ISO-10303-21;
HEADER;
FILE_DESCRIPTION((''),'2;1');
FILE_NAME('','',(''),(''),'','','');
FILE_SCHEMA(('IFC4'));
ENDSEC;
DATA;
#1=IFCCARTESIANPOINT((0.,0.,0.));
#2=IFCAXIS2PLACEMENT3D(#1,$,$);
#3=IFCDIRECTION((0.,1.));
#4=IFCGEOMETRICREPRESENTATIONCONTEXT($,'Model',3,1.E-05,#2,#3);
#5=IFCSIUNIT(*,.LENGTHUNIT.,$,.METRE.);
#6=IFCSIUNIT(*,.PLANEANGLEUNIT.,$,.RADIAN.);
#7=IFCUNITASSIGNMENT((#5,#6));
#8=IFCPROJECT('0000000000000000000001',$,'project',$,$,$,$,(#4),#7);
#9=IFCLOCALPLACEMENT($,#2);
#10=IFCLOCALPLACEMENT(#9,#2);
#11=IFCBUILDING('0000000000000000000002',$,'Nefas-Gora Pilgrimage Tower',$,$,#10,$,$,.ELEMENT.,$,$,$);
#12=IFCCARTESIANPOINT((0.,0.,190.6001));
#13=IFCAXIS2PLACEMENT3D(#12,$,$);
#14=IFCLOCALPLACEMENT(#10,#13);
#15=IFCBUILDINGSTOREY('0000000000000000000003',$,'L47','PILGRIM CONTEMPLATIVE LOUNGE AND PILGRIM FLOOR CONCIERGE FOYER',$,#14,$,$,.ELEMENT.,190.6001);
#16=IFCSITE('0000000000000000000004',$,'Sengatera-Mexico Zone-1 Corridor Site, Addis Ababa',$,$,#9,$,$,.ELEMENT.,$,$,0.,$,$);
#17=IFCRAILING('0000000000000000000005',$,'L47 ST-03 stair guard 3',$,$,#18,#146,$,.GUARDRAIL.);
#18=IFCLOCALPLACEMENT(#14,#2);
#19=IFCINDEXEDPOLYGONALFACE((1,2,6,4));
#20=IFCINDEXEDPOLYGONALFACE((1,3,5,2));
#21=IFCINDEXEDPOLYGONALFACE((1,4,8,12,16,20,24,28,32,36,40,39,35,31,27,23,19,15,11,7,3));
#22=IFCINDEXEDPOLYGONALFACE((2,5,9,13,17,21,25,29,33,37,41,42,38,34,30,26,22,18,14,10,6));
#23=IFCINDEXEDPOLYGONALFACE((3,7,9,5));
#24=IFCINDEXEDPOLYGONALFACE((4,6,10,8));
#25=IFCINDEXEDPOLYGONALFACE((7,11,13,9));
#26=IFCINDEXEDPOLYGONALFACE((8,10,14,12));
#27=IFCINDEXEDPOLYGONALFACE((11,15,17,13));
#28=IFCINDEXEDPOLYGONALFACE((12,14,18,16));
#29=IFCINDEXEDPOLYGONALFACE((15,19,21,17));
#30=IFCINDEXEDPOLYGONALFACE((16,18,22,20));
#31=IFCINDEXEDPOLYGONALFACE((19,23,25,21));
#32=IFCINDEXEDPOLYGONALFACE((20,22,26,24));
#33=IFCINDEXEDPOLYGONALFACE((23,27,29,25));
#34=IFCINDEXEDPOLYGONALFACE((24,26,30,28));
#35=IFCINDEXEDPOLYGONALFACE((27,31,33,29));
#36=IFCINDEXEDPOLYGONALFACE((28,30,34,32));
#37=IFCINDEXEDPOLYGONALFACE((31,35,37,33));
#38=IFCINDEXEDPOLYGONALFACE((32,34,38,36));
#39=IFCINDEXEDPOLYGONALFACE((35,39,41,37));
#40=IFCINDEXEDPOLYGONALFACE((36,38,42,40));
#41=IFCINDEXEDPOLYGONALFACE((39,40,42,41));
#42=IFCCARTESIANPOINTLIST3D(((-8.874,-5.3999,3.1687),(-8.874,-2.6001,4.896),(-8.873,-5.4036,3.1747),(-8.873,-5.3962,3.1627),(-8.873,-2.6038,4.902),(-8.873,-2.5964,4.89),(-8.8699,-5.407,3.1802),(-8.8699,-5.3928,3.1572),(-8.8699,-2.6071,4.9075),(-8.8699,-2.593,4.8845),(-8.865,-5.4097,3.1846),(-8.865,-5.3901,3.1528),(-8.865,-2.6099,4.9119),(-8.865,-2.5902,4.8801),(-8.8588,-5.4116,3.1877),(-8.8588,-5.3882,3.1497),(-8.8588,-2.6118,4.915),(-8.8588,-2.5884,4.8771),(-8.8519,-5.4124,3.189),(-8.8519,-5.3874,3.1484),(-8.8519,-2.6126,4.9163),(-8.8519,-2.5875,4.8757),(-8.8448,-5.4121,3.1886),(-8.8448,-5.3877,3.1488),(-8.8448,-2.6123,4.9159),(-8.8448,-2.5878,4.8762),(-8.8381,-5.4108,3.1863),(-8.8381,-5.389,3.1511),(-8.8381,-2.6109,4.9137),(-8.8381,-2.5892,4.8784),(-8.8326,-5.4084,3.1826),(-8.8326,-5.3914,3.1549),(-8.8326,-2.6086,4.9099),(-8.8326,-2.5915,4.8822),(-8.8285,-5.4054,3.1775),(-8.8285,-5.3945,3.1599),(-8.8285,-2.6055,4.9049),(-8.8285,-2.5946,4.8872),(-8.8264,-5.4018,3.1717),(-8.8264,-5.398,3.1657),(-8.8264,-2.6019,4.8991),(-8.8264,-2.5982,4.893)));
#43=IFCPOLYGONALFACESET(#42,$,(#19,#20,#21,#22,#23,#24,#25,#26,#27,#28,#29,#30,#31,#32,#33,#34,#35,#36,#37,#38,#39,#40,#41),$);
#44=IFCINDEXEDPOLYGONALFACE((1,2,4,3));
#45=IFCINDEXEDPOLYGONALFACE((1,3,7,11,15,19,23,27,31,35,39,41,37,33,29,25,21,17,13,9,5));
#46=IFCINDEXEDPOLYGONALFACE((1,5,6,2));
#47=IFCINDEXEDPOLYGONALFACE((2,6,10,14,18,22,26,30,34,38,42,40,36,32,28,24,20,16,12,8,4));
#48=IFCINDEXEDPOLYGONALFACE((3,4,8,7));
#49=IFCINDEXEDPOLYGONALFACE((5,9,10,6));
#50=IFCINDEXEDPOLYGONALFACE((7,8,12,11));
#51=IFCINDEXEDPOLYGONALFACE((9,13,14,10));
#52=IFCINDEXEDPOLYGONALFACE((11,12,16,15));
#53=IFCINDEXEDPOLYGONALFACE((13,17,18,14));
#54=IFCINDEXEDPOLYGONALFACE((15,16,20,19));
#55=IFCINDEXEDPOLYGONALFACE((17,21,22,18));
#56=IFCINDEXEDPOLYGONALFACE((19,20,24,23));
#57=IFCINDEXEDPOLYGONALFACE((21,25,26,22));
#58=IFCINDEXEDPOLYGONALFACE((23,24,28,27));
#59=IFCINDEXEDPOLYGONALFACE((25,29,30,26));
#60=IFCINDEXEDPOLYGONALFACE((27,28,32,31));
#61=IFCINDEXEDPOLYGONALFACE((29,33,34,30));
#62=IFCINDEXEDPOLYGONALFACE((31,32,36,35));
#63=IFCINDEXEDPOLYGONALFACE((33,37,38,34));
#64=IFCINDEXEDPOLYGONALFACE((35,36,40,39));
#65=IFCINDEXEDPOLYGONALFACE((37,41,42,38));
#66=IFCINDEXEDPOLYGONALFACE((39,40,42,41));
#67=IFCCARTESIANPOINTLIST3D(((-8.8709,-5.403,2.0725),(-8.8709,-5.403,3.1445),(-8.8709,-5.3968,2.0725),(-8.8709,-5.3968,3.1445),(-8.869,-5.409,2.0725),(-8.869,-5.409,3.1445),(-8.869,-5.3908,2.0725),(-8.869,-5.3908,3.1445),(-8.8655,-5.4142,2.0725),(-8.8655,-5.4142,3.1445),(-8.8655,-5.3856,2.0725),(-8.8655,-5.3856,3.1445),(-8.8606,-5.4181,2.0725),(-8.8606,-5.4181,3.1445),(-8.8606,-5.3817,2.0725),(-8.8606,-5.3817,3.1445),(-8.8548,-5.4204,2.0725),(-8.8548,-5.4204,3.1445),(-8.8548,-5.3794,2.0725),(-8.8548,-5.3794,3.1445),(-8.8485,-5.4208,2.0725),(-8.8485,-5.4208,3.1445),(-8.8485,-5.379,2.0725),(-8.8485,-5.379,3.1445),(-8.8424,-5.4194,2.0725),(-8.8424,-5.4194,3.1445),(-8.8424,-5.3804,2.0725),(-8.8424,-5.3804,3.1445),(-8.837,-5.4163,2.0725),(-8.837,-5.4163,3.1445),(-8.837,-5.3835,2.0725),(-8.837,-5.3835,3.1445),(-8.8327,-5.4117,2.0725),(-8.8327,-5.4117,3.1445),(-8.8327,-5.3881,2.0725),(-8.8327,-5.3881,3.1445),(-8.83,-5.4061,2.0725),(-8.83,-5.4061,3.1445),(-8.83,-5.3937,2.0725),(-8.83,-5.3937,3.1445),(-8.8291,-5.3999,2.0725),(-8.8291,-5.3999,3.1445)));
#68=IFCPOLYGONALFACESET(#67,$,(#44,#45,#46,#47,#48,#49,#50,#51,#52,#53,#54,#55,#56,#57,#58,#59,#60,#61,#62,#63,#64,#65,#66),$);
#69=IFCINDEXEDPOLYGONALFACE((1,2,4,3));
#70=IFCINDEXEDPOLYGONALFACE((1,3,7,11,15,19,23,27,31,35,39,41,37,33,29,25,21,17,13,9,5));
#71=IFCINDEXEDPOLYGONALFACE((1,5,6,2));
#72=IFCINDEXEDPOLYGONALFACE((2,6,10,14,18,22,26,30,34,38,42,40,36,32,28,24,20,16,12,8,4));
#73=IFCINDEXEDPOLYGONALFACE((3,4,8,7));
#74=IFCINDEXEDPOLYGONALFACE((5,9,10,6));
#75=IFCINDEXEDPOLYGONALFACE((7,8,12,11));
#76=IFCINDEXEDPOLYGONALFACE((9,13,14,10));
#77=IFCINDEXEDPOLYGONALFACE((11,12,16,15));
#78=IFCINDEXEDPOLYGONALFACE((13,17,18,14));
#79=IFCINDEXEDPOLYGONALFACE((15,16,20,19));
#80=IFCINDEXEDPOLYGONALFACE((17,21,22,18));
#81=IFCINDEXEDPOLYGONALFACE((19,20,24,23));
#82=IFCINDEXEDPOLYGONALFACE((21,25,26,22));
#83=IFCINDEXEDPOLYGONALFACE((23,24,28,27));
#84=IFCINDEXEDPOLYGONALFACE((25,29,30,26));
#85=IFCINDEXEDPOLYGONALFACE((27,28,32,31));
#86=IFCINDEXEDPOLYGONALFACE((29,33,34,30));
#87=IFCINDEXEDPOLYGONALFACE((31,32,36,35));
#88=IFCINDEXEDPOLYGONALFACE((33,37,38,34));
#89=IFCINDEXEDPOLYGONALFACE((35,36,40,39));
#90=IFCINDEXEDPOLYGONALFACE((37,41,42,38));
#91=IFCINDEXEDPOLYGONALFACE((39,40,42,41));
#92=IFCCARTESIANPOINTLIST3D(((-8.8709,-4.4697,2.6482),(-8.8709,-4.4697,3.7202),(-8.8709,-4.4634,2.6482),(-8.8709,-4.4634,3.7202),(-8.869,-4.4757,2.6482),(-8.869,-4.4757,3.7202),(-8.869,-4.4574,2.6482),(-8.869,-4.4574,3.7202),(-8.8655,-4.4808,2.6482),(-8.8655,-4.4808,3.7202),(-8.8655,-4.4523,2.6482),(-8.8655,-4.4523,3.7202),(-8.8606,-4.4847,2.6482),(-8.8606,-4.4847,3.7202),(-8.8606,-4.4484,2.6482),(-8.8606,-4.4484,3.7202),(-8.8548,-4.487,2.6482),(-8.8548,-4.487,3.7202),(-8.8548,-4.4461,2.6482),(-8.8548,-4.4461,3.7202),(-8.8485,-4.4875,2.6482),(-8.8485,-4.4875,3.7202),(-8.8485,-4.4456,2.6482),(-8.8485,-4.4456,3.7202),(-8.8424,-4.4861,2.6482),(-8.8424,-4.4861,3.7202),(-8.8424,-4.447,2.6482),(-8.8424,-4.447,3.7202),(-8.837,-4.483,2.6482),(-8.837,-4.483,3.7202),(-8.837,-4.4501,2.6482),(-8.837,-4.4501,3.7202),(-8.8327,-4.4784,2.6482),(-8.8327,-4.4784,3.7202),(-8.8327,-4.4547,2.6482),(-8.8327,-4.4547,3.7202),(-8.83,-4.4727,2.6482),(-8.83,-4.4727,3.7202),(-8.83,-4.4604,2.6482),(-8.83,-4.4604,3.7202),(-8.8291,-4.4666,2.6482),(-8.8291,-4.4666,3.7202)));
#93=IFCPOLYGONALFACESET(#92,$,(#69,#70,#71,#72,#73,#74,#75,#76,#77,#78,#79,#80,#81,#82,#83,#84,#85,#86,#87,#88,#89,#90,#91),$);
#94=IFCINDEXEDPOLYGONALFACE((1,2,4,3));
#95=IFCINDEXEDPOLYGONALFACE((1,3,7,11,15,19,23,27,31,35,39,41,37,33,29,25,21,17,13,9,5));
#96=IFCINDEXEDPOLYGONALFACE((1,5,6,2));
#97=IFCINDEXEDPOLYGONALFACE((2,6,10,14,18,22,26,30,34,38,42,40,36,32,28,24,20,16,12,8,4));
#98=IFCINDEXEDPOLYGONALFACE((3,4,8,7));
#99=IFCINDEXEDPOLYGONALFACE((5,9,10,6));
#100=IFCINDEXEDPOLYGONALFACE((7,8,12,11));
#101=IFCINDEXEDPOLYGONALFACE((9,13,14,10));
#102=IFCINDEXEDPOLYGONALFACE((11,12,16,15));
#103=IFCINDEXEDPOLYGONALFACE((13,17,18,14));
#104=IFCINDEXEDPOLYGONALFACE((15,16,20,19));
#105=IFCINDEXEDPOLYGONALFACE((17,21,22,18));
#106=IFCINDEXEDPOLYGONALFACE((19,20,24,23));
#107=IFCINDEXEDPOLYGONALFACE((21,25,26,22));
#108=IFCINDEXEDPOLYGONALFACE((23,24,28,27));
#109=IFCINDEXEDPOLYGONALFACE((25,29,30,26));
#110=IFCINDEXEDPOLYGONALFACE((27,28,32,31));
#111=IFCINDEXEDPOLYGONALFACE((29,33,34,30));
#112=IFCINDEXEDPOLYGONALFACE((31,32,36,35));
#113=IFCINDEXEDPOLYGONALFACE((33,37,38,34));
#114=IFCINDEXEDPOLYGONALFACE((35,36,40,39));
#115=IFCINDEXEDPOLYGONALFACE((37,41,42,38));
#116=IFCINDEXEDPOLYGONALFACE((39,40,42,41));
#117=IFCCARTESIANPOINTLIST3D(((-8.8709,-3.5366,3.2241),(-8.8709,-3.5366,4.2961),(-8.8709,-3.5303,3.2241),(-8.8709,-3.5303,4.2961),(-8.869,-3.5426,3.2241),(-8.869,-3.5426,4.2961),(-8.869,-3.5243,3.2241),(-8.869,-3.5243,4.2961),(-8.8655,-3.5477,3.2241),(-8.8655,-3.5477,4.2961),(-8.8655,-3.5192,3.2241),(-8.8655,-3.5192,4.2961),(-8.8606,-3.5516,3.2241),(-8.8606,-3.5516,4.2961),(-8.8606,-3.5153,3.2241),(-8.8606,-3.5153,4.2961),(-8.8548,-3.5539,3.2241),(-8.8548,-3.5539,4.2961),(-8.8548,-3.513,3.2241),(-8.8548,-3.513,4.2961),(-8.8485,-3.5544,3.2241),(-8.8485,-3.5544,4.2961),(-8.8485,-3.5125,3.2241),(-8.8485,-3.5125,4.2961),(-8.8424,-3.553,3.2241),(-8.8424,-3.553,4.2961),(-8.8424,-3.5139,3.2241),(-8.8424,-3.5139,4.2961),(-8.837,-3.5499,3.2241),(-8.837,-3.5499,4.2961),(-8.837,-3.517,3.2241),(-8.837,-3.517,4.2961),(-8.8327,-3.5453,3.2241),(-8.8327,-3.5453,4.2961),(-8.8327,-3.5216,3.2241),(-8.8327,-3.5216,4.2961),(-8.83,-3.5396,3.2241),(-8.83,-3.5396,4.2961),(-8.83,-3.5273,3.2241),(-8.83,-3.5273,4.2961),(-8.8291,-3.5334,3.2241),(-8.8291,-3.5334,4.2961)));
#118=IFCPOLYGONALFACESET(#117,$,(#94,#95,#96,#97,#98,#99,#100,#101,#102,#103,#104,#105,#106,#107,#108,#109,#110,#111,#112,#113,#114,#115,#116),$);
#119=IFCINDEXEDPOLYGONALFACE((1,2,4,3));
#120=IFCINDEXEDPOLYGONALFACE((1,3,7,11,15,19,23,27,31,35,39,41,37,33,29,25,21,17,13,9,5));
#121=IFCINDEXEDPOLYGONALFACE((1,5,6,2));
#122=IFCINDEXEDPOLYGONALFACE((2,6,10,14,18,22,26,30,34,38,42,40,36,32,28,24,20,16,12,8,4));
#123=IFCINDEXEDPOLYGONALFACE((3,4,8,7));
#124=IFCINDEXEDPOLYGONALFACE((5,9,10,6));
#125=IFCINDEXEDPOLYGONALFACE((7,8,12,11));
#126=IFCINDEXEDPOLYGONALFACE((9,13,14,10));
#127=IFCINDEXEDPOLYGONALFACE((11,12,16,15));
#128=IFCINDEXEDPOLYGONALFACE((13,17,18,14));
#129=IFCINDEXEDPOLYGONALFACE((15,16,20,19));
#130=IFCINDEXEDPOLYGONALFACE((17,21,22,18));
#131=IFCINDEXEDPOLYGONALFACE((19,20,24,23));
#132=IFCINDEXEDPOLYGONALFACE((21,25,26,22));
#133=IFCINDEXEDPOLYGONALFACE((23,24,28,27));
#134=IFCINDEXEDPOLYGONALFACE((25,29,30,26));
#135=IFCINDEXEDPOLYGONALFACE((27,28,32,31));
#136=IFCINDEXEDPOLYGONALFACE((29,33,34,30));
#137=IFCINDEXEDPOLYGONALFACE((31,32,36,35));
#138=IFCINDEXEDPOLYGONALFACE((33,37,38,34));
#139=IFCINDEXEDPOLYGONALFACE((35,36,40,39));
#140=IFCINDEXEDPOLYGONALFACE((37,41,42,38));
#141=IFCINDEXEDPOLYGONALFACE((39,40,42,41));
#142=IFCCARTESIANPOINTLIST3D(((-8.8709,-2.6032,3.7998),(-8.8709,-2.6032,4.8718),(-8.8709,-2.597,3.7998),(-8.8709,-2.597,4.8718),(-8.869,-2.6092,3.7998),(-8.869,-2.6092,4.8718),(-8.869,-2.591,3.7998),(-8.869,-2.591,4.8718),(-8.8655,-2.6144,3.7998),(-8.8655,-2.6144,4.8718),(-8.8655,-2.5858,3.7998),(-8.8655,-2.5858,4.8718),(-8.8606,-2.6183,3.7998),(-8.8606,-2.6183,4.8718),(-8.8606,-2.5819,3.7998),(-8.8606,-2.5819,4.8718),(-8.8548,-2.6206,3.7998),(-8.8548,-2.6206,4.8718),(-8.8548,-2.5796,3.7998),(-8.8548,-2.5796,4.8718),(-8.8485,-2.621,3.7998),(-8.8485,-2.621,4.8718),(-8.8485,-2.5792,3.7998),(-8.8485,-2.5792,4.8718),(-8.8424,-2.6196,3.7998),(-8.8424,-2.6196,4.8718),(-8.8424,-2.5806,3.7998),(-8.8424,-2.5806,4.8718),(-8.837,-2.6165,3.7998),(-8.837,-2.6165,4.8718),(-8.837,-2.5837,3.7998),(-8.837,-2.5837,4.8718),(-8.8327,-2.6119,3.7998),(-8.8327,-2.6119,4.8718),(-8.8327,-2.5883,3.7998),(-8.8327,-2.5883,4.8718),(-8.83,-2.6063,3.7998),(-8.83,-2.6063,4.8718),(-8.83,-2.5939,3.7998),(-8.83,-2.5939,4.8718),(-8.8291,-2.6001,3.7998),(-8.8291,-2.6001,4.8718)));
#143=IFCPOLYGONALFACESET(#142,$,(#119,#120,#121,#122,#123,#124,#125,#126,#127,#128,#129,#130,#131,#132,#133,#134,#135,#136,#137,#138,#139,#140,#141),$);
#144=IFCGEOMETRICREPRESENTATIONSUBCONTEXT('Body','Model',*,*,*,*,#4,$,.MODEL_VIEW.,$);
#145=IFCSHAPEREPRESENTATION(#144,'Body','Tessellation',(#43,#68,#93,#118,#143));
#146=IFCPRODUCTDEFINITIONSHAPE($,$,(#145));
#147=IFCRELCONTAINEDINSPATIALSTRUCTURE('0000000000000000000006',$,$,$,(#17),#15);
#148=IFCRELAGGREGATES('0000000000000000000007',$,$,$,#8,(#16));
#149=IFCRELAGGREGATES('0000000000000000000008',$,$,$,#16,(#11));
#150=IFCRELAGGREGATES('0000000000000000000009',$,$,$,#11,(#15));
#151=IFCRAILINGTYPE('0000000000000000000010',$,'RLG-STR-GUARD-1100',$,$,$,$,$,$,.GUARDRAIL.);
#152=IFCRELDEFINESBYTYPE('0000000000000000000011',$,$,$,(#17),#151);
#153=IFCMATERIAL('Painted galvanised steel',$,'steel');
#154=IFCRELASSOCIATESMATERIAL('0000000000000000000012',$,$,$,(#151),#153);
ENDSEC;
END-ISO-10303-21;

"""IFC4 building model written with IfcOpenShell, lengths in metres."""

from ifc_helpers import new_model, si_unit, direction, frame, origin, origin_2d, place, context, subcontext, project, spatial, circle, extrude, material, type_object, element, save


model = new_model("IFC4")

# Units and contexts
model_context = context("Model", 3, precision=1e-05, world=origin(), true_north=direction((0.0, 1.0)))
body_context = subcontext(model_context, "Body", "Model", "MODEL_VIEW")
ifc_project = project(units=[si_unit("LENGTHUNIT", "METRE"), si_unit("PLANEANGLEUNIT", "RADIAN")], contexts=[model_context])

# Site, building, storey
site_placement = place(None, origin())
site = spatial("IfcSite", under=ifc_project, at=site_placement, Name="Sengatera-Mexico Zone-1 Corridor Site, Addis Ababa", CompositionType="ELEMENT", RefElevation=0.0)
building_placement = place(site_placement, origin())
building = spatial("IfcBuilding", under=site, at=building_placement, Name="Nefas-Gora Pilgrimage Tower", CompositionType="ELEMENT")
storey_placement = place(building_placement, frame((0.0, 0.0, 190.6001)))
storey = spatial("IfcBuildingStorey", under=building, at=storey_placement, Name="L47", Description="PILGRIM CONTEMPLATIVE LOUNGE AND PILGRIM FLOOR CONCIERGE FOYER", CompositionType="ELEMENT", Elevation=190.6001)

# Railing
ifc_material_1 = material(Name="Painted galvanised steel", Category="steel")
railing_type_1 = type_object("IfcRailingType", Name="RLG-STR-GUARD-1100", PredefinedType="GUARDRAIL", material=ifc_material_1)
railing_1_placement = place(storey_placement, frame((-8.8501, -5.3999, 2.0725)))
element("IfcRailing", 1, at=railing_1_placement, inside=storey, type_object=railing_type_1, Name="L47 ST-03 stair guard 3", PredefinedType="GUARDRAIL", context=body_context, shape_type="SweptSolid", body=[
    extrude(circle(Radius=0.0239, at=origin_2d()), frame((0.0, 0.0, 1.0962), z_axis=(0.0, 0.851069, 0.525054), x_axis=(-1.0, 0.0, 0.0)), (0.0, 0.0, 1.0), 3.2898),
    extrude(circle(Radius=0.021, at=origin_2d()), origin(), (0.0, 0.0, 1.0), 1.072),
    extrude(circle(Radius=0.021, at=origin_2d()), frame((0.0, 0.9333, 0.5757)), (0.0, 0.0, 1.0), 1.072),
    extrude(circle(Radius=0.021, at=origin_2d()), frame((0.0, 1.8665, 1.1516)), (0.0, 0.0, 1.0), 1.072),
    extrude(circle(Radius=0.021, at=origin_2d()), frame((0.0, 2.7998, 1.7273)), (0.0, 0.0, 1.0), 1.072),
])

save(model, "model.ifc")
